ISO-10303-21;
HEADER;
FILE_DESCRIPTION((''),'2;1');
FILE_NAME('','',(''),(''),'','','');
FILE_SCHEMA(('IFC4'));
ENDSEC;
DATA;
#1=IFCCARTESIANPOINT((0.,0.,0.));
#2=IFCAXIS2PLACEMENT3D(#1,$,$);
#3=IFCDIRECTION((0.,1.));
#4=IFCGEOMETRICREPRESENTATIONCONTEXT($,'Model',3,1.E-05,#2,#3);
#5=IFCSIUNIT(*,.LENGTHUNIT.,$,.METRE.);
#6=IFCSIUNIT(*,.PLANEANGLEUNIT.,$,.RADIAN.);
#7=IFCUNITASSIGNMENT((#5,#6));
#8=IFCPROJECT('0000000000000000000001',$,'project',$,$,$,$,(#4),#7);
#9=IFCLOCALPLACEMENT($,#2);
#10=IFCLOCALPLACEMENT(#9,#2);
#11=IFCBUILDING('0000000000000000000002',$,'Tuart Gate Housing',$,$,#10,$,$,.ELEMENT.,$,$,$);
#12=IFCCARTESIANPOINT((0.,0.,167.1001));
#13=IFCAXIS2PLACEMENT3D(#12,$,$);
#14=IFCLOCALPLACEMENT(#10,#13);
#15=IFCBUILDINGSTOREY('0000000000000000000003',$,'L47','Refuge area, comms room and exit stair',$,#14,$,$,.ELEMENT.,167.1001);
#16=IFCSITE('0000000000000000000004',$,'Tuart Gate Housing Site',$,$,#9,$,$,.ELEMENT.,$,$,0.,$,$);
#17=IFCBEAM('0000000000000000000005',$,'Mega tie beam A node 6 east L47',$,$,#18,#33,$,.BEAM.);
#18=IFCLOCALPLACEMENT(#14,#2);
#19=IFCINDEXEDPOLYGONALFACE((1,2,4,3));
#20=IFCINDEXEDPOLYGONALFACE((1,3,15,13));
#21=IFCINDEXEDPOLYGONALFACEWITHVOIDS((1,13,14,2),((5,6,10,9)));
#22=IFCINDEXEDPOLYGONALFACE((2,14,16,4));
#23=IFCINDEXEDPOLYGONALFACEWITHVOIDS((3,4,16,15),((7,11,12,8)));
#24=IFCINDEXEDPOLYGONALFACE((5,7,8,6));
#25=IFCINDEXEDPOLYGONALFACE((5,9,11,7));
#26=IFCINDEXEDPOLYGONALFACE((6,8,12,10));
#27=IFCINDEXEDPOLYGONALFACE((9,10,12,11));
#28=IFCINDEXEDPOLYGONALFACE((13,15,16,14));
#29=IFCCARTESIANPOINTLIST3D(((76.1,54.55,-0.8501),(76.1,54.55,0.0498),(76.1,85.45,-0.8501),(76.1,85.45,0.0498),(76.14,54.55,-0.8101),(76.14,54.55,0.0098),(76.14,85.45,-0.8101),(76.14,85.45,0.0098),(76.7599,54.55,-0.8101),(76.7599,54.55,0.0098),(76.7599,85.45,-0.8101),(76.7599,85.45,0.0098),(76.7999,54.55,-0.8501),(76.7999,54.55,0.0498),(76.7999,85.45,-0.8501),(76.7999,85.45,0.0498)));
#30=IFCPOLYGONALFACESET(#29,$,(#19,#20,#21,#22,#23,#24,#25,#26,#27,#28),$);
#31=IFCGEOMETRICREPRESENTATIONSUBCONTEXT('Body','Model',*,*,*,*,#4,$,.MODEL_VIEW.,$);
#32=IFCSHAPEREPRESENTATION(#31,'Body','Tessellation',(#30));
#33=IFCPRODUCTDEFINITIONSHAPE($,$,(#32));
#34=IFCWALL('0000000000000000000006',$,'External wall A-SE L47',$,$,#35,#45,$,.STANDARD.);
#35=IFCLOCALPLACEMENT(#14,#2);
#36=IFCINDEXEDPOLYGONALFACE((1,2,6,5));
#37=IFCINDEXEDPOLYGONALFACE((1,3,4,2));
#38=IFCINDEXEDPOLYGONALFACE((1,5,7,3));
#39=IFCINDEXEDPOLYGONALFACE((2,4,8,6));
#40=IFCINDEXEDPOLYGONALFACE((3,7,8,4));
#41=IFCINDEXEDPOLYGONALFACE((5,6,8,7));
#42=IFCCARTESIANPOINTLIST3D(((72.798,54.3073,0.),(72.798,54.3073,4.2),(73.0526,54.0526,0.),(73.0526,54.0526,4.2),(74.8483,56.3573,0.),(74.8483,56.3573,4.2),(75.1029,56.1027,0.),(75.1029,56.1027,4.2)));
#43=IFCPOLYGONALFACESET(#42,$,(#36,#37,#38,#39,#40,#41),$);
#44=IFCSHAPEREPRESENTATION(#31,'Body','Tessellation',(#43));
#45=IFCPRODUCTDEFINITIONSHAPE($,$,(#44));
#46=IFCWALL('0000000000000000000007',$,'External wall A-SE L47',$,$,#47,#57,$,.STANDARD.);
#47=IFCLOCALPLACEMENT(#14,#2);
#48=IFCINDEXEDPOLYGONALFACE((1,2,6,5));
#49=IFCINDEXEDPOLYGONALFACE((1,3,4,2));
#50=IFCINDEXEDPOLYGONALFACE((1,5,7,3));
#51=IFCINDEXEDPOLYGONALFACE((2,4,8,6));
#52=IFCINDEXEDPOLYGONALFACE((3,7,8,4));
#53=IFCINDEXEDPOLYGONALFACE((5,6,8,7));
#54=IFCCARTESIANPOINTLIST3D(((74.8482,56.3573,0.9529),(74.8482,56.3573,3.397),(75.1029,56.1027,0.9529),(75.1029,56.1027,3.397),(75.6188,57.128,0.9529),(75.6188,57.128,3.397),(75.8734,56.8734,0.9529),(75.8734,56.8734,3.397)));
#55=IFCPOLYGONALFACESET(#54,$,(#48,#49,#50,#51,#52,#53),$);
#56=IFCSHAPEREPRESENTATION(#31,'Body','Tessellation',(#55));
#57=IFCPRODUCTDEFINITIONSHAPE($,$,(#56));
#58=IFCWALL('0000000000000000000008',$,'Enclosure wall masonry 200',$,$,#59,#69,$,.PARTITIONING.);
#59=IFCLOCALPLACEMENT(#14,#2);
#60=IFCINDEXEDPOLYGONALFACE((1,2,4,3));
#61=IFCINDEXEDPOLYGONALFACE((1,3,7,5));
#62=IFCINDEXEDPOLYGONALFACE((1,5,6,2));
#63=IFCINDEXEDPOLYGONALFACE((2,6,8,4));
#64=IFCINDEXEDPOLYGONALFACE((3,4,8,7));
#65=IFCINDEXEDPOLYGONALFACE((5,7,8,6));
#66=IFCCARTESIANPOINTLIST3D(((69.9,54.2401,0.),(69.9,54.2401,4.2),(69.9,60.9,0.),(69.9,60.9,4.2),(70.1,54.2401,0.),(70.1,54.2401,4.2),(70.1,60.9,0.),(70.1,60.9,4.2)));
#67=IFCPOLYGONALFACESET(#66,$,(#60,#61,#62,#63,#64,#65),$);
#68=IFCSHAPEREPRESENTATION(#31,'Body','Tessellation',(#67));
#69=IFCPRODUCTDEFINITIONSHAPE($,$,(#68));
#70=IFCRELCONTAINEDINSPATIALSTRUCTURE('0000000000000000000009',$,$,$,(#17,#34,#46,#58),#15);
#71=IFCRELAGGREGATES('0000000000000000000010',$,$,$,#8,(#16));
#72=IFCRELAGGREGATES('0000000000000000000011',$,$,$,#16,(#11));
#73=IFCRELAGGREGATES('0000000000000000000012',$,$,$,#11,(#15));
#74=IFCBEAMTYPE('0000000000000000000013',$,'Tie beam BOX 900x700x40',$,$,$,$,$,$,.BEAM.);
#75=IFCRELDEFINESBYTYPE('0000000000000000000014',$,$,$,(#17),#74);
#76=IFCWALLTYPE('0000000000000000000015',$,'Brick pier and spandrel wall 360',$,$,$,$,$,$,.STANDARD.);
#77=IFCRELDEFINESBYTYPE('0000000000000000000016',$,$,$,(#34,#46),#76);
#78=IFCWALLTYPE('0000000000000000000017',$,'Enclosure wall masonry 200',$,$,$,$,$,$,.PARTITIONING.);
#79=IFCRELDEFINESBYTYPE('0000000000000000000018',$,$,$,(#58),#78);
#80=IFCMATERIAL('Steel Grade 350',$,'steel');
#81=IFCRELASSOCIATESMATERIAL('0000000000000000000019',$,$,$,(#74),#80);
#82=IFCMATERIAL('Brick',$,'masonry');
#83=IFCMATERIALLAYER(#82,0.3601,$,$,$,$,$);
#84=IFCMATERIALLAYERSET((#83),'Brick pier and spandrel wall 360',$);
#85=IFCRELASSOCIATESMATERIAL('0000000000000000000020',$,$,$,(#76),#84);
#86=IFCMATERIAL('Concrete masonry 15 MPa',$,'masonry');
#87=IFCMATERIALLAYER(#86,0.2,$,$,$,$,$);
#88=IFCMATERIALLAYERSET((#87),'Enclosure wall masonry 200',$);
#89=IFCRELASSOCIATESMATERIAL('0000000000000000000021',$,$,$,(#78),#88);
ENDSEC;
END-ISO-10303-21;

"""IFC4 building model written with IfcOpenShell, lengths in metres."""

from ifc_helpers import new_model, si_unit, direction, frame, frame_2d, origin, origin_2d, place, context, subcontext, project, spatial, rectangle, hollow_rectangle, extrude, material, layer, layer_set, material_profile, profile_set, type_object, element, save


model = new_model("IFC4")

# Units and contexts
model_context = context("Model", 3, precision=1e-05, world=origin(), true_north=direction((0.0, 1.0)))
body_context = subcontext(model_context, "Body", "Model", "MODEL_VIEW")
ifc_project = project(units=[si_unit("LENGTHUNIT", "METRE"), si_unit("PLANEANGLEUNIT", "RADIAN")], contexts=[model_context])

# Site, building, storey
site_placement = place(None, origin())
site = spatial("IfcSite", under=ifc_project, at=site_placement, Name="Tuart Gate Housing Site", CompositionType="ELEMENT", RefElevation=0.0)
building_placement = place(site_placement, origin())
building = spatial("IfcBuilding", under=site, at=building_placement, Name="Tuart Gate Housing", CompositionType="ELEMENT")
storey_placement = place(building_placement, frame((0.0, 0.0, 167.1001)))
storey = spatial("IfcBuildingStorey", under=building, at=storey_placement, Name="L47", Description="Refuge area, comms room and exit stair", CompositionType="ELEMENT", Elevation=167.1001)

# Beam
ifc_material_1 = material(Name="Steel Grade 350", Category="steel")
ifc_material_profile_1 = material_profile(ifc_material_1, hollow_rectangle(XDim=0.7, YDim=0.8999, WallThickness=0.04, at=origin_2d()), Name="BOX 900x700x40")
ifc_profile_set_1 = profile_set([ifc_material_profile_1], Name="Steel Grade 350")
beam_type_1 = type_object("IfcBeamType", Name="Tie beam BOX 900x700x40", PredefinedType="BEAM", material=ifc_profile_set_1)
beam_placement = place(storey_placement, frame((76.45, 54.55, -0.4001), z_axis=(0.0, 1.0, 0.0), x_axis=(-1.0, 0.0, 0.0)))
element("IfcBeam", 1, at=beam_placement, inside=storey, type_object=beam_type_1, Name="Mega tie beam A node 6 east L47", PredefinedType="BEAM", context=body_context, shape_type="SweptSolid", body=[
    extrude(hollow_rectangle(XDim=0.7, YDim=0.8999, WallThickness=0.04, at=origin_2d()), origin(), (0.0, 0.0, 1.0), 30.8999),
])

# Walls
ifc_material_2 = material(Name="Brick", Category="masonry")
ifc_layer_1 = layer(ifc_material_2, 0.3601)
ifc_layer_set_1 = layer_set([ifc_layer_1], Name="Brick pier and spandrel wall 360")
wall_type_1 = type_object("IfcWallType", Name="Brick pier and spandrel wall 360", PredefinedType="STANDARD", material=ifc_layer_set_1)
wall_1_placement = place(storey_placement, frame((72.9253, 54.1799, 0.0), z_axis=(0.0, 0.0, 1.0), x_axis=(0.707149, 0.707065, 0.0)))
element("IfcWall", 2, at=wall_1_placement, inside=storey, type_object=wall_type_1, Name="External wall A-SE L47", PredefinedType="STANDARD", context=body_context, shape_type="SweptSolid", body=[
    extrude(rectangle(XDim=2.8994, YDim=0.3601, at=frame_2d((1.4497, 0.0))), origin(), (0.0, 0.0, 1.0), 4.2),
])
wall_2_placement = place(storey_placement, frame((74.9756, 56.23, 0.9529), z_axis=(0.0, 0.0, 1.0), x_axis=(0.706995, 0.707219, 0.0)))
element("IfcWall", 3, at=wall_2_placement, inside=storey, type_object=wall_type_1, Name="External wall A-SE L47", PredefinedType="STANDARD", context=body_context, shape_type="SweptSolid", body=[
    extrude(rectangle(XDim=1.0898, YDim=0.3601, at=frame_2d((0.5449, 0.0))), origin(), (0.0, 0.0, 1.0), 2.4441),
])
ifc_material_3 = material(Name="Concrete masonry 15 MPa", Category="masonry")
ifc_layer_2 = layer(ifc_material_3, 0.2)
ifc_layer_set_2 = layer_set([ifc_layer_2], Name="Enclosure wall masonry 200")
wall_type_2 = type_object("IfcWallType", Name="Enclosure wall masonry 200", PredefinedType="PARTITIONING", material=ifc_layer_set_2)
wall_3_placement = place(storey_placement, frame((70.0, 54.24, 0.0), z_axis=(0.0, 0.0, 1.0), x_axis=(0.0, 1.0, 0.0)))
element("IfcWall", 4, at=wall_3_placement, inside=storey, type_object=wall_type_2, Name="Enclosure wall masonry 200", PredefinedType="PARTITIONING", context=body_context, shape_type="SweptSolid", body=[
    extrude(rectangle(XDim=6.6599, YDim=0.2, at=frame_2d((3.3301, 0.0))), origin(), (0.0, 0.0, 1.0), 4.2),
])

save(model, "model.ifc")
